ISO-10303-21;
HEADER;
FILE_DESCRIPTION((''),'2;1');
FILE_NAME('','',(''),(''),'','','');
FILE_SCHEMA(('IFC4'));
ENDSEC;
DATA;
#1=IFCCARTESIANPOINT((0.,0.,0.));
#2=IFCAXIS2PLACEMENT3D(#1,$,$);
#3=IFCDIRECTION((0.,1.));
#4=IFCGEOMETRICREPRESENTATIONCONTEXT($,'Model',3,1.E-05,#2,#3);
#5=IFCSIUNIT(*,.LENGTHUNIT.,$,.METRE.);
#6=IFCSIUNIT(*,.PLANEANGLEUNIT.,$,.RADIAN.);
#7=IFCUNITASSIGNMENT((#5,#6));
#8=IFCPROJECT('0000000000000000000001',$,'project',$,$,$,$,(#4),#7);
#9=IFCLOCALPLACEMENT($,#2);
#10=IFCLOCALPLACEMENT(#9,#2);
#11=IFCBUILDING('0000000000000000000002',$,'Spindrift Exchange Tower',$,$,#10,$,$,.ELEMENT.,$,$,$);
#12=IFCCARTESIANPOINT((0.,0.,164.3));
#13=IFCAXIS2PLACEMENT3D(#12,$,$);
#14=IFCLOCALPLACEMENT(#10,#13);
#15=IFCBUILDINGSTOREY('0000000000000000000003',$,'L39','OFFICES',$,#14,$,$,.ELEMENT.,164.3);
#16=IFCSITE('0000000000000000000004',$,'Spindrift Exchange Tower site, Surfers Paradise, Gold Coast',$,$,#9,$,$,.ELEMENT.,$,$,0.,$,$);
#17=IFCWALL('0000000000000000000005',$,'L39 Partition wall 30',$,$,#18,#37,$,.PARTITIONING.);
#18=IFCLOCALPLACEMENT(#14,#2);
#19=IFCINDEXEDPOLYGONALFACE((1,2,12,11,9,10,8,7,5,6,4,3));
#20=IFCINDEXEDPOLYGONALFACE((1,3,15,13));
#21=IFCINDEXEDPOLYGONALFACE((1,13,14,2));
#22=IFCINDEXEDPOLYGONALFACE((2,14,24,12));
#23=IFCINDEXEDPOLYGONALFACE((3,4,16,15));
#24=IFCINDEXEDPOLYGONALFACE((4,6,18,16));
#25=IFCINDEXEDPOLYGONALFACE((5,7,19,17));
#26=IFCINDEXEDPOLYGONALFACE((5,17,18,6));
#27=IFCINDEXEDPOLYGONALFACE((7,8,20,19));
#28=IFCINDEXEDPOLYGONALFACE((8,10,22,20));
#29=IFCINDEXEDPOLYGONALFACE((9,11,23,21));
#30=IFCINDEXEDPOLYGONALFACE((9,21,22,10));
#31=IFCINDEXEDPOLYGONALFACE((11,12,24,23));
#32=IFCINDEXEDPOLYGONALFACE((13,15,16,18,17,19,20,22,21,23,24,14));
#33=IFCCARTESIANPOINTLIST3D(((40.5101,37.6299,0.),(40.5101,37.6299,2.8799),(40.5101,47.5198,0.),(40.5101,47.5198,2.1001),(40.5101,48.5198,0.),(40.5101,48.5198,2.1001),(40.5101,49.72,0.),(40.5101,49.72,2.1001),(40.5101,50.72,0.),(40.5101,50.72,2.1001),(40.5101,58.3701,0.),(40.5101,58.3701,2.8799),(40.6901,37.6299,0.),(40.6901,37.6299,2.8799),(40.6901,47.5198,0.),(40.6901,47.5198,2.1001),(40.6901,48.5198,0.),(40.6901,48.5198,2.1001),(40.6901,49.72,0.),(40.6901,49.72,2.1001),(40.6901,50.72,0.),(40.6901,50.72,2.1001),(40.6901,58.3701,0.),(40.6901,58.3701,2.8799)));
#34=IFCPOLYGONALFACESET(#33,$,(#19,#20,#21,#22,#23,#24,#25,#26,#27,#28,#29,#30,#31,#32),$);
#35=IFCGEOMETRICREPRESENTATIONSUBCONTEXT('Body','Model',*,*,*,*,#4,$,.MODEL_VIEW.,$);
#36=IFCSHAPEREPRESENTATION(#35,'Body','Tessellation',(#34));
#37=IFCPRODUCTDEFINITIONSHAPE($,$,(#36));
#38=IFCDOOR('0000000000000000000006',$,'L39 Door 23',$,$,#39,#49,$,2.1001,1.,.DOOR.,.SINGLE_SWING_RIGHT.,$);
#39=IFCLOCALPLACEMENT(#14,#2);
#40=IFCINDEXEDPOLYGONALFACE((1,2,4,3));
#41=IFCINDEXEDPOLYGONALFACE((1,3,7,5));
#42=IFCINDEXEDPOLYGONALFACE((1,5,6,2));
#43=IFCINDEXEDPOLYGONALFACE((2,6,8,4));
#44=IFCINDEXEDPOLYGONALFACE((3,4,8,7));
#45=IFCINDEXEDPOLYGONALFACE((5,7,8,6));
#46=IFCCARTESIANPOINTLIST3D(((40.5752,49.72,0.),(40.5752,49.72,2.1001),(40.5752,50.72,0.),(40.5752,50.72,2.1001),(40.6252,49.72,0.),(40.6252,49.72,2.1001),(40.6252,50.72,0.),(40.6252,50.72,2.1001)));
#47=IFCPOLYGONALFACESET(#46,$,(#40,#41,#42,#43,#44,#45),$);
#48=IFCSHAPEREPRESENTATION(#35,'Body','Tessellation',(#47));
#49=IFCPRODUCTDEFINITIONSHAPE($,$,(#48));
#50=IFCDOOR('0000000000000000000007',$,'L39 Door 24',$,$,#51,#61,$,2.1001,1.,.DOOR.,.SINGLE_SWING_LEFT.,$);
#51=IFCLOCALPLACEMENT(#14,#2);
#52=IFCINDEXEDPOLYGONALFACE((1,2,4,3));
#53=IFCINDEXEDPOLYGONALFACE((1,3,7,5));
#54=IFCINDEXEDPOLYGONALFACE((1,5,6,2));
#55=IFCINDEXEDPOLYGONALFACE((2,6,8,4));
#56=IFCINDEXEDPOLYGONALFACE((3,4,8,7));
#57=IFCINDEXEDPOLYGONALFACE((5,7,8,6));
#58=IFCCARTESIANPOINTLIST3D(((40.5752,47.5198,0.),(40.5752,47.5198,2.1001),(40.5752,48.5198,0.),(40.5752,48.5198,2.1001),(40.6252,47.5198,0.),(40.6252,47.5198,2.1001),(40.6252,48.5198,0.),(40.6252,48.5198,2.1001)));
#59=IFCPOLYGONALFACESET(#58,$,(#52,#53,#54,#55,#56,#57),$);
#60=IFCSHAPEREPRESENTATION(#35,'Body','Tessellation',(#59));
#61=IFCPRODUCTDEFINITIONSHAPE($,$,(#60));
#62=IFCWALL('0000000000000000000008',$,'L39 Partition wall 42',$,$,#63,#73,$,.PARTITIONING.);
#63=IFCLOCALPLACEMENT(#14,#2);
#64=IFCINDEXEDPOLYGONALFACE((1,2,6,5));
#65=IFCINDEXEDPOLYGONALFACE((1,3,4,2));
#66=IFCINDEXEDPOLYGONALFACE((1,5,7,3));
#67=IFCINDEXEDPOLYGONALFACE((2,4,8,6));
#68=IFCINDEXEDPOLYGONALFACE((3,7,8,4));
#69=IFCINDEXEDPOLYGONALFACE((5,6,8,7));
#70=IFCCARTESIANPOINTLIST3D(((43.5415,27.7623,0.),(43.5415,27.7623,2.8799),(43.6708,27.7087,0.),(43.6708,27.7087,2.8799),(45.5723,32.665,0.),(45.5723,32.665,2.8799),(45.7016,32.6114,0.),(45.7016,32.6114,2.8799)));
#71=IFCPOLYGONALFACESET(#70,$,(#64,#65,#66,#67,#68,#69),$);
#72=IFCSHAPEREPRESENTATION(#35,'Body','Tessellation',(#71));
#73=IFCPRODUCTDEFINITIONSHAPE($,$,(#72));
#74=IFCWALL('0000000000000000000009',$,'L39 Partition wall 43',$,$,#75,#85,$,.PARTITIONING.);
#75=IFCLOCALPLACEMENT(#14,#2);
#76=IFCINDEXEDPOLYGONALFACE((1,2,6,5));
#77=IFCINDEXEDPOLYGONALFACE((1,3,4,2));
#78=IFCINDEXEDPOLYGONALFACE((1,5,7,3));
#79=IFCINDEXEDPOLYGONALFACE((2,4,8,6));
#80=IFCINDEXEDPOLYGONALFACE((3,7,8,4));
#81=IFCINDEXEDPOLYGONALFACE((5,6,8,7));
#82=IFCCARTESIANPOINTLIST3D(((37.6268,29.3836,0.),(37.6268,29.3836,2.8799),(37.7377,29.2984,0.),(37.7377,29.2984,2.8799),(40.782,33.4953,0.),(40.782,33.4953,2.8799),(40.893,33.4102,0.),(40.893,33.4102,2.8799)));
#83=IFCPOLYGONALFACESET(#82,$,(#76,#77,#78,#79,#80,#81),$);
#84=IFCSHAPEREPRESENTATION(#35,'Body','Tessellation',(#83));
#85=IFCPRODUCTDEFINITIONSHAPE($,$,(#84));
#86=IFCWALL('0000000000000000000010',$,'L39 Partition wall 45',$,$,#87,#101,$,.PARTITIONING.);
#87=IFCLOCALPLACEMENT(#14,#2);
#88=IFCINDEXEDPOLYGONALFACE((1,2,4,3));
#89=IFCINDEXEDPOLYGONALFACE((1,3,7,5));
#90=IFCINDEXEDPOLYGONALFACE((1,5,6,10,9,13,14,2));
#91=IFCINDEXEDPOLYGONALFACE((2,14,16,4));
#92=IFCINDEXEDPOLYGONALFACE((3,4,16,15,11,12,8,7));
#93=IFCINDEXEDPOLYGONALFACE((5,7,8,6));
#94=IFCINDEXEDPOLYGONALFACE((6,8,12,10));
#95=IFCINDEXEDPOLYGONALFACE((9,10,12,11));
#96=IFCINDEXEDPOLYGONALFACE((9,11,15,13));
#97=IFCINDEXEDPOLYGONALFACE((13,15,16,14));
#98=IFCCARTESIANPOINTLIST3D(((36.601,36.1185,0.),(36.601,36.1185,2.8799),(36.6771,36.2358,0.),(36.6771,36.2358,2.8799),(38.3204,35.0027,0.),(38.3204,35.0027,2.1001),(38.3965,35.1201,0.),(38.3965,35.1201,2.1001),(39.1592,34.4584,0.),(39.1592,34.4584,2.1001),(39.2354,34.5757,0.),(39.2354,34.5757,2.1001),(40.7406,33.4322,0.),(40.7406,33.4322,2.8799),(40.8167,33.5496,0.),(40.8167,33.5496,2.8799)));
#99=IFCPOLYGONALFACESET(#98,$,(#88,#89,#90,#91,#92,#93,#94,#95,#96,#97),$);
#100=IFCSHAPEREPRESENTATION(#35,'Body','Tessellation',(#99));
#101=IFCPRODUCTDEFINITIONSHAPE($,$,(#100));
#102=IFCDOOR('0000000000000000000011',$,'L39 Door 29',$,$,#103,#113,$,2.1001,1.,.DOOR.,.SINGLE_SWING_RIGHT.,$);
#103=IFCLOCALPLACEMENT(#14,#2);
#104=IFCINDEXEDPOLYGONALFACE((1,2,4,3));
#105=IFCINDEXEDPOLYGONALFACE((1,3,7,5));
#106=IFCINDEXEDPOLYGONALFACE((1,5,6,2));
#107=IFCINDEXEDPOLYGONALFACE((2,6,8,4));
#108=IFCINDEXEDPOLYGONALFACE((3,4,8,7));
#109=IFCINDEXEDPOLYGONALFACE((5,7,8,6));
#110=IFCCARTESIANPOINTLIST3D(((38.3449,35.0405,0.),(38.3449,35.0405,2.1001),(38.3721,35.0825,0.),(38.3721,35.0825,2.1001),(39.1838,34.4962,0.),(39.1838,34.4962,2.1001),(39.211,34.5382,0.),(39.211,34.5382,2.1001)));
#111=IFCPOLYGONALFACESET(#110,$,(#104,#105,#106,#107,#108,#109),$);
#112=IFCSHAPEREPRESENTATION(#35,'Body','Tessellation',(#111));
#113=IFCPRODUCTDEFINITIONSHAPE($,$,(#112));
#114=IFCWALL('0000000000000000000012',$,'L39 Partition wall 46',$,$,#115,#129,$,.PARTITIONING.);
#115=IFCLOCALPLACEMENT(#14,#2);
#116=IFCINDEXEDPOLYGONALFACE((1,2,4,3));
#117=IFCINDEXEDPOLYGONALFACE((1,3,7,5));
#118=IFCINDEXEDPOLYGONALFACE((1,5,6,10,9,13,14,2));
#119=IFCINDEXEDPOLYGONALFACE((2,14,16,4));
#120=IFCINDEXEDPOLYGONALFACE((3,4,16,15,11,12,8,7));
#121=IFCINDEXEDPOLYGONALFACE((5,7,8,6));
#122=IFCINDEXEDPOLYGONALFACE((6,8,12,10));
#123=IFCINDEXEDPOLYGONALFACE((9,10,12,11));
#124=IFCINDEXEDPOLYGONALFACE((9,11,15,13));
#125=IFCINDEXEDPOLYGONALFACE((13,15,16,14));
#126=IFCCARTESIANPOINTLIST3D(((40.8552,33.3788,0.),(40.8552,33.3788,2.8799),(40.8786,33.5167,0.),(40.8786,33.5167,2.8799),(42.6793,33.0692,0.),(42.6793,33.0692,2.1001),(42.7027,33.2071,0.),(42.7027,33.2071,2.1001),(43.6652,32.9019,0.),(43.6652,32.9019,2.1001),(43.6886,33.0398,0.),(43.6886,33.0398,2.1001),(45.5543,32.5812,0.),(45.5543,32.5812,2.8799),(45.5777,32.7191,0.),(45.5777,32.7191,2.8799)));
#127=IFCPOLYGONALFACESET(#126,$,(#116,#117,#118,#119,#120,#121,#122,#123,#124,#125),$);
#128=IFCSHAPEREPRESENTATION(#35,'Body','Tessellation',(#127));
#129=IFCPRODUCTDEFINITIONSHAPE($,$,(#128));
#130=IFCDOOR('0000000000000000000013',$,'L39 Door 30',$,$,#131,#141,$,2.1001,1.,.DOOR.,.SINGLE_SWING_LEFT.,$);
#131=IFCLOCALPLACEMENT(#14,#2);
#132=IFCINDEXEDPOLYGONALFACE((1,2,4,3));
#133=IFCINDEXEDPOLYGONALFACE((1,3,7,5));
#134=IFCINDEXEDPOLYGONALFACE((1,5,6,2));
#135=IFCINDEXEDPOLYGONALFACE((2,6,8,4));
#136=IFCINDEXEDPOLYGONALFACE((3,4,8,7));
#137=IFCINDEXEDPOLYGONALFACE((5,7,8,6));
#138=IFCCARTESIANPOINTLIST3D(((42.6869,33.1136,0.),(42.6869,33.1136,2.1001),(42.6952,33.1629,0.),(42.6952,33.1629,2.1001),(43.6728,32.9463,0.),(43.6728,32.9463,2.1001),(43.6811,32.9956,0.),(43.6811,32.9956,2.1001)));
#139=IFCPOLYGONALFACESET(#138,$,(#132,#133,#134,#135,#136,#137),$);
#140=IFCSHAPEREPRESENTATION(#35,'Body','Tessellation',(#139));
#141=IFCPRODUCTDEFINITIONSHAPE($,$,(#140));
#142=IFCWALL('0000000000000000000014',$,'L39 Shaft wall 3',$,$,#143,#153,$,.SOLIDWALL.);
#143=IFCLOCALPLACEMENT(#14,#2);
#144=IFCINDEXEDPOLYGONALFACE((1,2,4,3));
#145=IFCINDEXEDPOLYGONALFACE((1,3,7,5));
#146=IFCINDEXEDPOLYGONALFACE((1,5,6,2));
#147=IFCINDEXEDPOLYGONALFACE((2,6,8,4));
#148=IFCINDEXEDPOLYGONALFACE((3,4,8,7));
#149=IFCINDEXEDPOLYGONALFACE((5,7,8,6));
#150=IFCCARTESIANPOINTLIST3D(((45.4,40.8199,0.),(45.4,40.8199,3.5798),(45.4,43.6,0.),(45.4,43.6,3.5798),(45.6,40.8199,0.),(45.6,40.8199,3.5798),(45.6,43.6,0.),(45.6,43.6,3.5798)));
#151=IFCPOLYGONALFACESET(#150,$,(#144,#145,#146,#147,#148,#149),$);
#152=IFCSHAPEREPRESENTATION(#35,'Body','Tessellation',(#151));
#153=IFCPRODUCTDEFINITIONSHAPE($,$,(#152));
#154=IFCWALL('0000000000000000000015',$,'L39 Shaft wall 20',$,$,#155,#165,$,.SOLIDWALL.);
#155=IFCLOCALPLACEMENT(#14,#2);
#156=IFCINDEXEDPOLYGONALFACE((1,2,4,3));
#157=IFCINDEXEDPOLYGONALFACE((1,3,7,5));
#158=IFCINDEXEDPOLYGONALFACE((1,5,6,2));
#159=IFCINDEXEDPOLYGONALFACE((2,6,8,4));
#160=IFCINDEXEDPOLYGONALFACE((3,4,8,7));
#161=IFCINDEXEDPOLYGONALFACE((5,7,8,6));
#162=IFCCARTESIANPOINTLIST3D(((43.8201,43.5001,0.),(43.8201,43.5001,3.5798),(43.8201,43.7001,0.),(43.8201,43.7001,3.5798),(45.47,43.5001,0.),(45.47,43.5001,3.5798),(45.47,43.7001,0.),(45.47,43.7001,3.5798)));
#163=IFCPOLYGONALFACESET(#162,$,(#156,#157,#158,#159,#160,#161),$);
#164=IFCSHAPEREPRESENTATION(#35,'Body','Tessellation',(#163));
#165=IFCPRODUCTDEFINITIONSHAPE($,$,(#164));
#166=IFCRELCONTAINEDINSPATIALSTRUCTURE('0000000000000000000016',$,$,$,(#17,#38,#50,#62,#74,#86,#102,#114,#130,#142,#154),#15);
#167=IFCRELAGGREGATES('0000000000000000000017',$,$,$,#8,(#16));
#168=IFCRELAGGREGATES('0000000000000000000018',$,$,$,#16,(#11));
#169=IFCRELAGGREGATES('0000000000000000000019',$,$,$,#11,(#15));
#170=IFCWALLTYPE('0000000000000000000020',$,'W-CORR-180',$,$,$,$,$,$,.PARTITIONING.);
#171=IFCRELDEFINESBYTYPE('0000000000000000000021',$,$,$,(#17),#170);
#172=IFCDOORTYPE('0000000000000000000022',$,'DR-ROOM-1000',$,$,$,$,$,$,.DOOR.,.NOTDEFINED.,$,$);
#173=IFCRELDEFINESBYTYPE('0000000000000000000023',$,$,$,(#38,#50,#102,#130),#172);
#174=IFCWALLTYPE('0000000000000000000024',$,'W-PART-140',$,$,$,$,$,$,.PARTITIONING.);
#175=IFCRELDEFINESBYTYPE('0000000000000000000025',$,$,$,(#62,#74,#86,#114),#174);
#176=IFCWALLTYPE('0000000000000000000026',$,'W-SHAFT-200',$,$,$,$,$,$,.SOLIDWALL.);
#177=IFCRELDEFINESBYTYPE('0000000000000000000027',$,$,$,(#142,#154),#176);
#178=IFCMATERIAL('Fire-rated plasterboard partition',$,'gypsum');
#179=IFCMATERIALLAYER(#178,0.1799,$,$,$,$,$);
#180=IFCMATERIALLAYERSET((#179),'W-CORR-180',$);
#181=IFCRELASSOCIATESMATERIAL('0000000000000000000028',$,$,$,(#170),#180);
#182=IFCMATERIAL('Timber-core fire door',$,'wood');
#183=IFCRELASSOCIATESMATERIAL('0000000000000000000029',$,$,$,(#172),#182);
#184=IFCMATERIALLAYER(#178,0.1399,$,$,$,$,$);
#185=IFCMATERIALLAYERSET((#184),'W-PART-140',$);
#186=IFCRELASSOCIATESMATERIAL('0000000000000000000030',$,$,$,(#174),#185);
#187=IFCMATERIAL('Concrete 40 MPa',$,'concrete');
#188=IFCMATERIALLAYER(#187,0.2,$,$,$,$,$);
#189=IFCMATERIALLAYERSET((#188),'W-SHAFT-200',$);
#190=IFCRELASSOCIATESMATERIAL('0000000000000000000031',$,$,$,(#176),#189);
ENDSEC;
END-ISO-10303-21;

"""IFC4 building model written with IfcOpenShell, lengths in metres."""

from ifc_helpers import new_model, si_unit, direction, frame, frame_2d, origin, place, context, subcontext, project, spatial, rectangle, extrude, source, transform, mapped, material, layer, layer_set, type_object, element, fill, save


model = new_model("IFC4")

# Units and contexts
model_context = context("Model", 3, precision=1e-05, world=origin(), true_north=direction((0.0, 1.0)))
body_context = subcontext(model_context, "Body", "Model", "MODEL_VIEW")
ifc_project = project(units=[si_unit("LENGTHUNIT", "METRE"), si_unit("PLANEANGLEUNIT", "RADIAN")], contexts=[model_context])

# Site, building, storey
site_placement = place(None, origin())
site = spatial("IfcSite", under=ifc_project, at=site_placement, Name="Spindrift Exchange Tower site, Surfers Paradise, Gold Coast", CompositionType="ELEMENT", RefElevation=0.0)
building_placement = place(site_placement, origin())
building = spatial("IfcBuilding", under=site, at=building_placement, Name="Spindrift Exchange Tower", CompositionType="ELEMENT")
storey_placement = place(building_placement, frame((0.0, 0.0, 164.3)))
storey = spatial("IfcBuildingStorey", under=building, at=storey_placement, Name="L39", Description="OFFICES", CompositionType="ELEMENT", Elevation=164.3)

# Wall, openings, doors
ifc_material_1 = material(Name="Timber-core fire door", Category="wood")
ifc_material_2 = material(Name="Fire-rated plasterboard partition", Category="gypsum")
ifc_layer_1 = layer(ifc_material_2, 0.1799)
ifc_layer_set_1 = layer_set([ifc_layer_1], Name="W-CORR-180")
wall_type_1 = type_object("IfcWallType", Name="W-CORR-180", PredefinedType="PARTITIONING", material=ifc_layer_set_1)
wall_1_placement = place(storey_placement, frame((40.6001, 37.6299, 0.0), z_axis=(0.0, 0.0, 1.0), x_axis=(0.0, 1.0, 0.0)))
wall_1 = element("IfcWall", 1, at=wall_1_placement, inside=storey, type_object=wall_type_1, Name="L39 Partition wall 30", PredefinedType="PARTITIONING", context=body_context, shape_type="SweptSolid", body=[
    extrude(rectangle(XDim=20.7402, YDim=0.1799, at=frame_2d((10.3701, 0.0))), origin(), (0.0, 0.0, 1.0), 2.8799),
])
opening_1_placement = place(wall_1_placement, frame((12.0901, 0.0, 0.0)))
opening_1 = element("IfcOpeningElement", 2, at=opening_1_placement, cuts=wall_1, PredefinedType="OPENING", context=body_context, shape_type="SweptSolid", body=[
    extrude(rectangle(XDim=1.0, YDim=2.1001, at=frame_2d((0.5, 1.05))), frame((0.0, 0.0999, 0.0), z_axis=(0.0, -1.0, 0.0), x_axis=(1.0, 0.0, 0.0)), (0.0, 0.0, 1.0), 0.2),
])
opening_2_placement = place(wall_1_placement, frame((9.8899, 0.0, 0.0)))
opening_2 = element("IfcOpeningElement", 3, at=opening_2_placement, cuts=wall_1, PredefinedType="OPENING", context=body_context, shape_type="SweptSolid", body=[
    extrude(rectangle(XDim=1.0, YDim=2.1001, at=frame_2d((0.5, 1.05))), frame((0.0, 0.0999, 0.0), z_axis=(0.0, -1.0, 0.0), x_axis=(1.0, 0.0, 0.0)), (0.0, 0.0, 1.0), 0.2),
])
door_type_1 = type_object("IfcDoorType", Name="DR-ROOM-1000", OperationType="NOTDEFINED", PredefinedType="DOOR", material=ifc_material_1)
shared_shape_1 = source(origin(), body_context, "Body", "SweptSolid", [
    extrude(rectangle(XDim=1.0, YDim=2.1001, at=frame_2d((0.5, 1.05))), frame((0.0, 0.0249, 0.0), z_axis=(0.0, -1.0, 0.0), x_axis=(1.0, 0.0, 0.0)), (0.0, 0.0, 1.0), 0.05),
])
door_1_placement = place(opening_1_placement, origin())
door_1 = element("IfcDoor", 4, at=door_1_placement, inside=storey, type_object=door_type_1, Name="L39 Door 23", OperationType="SINGLE_SWING_RIGHT", OverallHeight=2.1001, OverallWidth=1.0, PredefinedType="DOOR", context=body_context, shape_type="MappedRepresentation", body=[
    mapped(shared_shape_1, transform((0.0, 0.0, 0.0), scale=1.0)),
])
fill(opening_1, door_1)
door_2_placement = place(opening_2_placement, origin())
door_2 = element("IfcDoor", 5, at=door_2_placement, inside=storey, type_object=door_type_1, Name="L39 Door 24", OperationType="SINGLE_SWING_LEFT", OverallHeight=2.1001, OverallWidth=1.0, PredefinedType="DOOR", context=body_context, shape_type="MappedRepresentation", body=[
    mapped(shared_shape_1, transform((0.0, 0.0, 0.0), scale=1.0)),
])
fill(opening_2, door_2)

# Walls
ifc_layer_2 = layer(ifc_material_2, 0.1399)
ifc_layer_set_2 = layer_set([ifc_layer_2], Name="W-PART-140")
wall_type_2 = type_object("IfcWallType", Name="W-PART-140", PredefinedType="PARTITIONING", material=ifc_layer_set_2)
wall_2_placement = place(storey_placement, frame((45.637, 32.6382, 0.0), z_axis=(0.0, 0.0, 1.0), x_axis=(-0.38269, -0.923877, 0.0)))
element("IfcWall", 6, at=wall_2_placement, inside=storey, type_object=wall_type_2, Name="L39 Partition wall 42", PredefinedType="PARTITIONING", context=body_context, shape_type="SweptSolid", body=[
    extrude(rectangle(XDim=5.3066, YDim=0.1399, at=frame_2d((2.6533, 0.0))), origin(), (0.0, 0.0, 1.0), 2.8799),
])
wall_3_placement = place(storey_placement, frame((40.8374, 33.4526, 0.0), z_axis=(0.0, 0.0, 1.0), x_axis=(-0.608782, -0.793338, 0.0)))
element("IfcWall", 7, at=wall_3_placement, inside=storey, type_object=wall_type_2, Name="L39 Partition wall 43", PredefinedType="PARTITIONING", context=body_context, shape_type="SweptSolid", body=[
    extrude(rectangle(XDim=5.1829, YDim=0.1399, at=frame_2d((2.5913, 0.0))), origin(), (0.0, 0.0, 1.0), 2.8799),
])

# Walls, openings, doors
wall_4_placement = place(storey_placement, frame((40.7786, 33.491, 0.0), z_axis=(0.0, 0.0, 1.0), x_axis=(-0.838859, 0.544348, 0.0)))
wall_4 = element("IfcWall", 8, at=wall_4_placement, inside=storey, type_object=wall_type_2, Name="L39 Partition wall 45", PredefinedType="PARTITIONING", context=body_context, shape_type="SweptSolid", body=[
    extrude(rectangle(XDim=4.9348, YDim=0.1399, at=frame_2d((2.4673, 0.0))), origin(), (0.0, 0.0, 1.0), 2.8799),
])
opening_3_placement = place(wall_4_placement, frame((1.885, 0.0, 0.0)))
opening_3 = element("IfcOpeningElement", 9, at=opening_3_placement, cuts=wall_4, PredefinedType="OPENING", context=body_context, shape_type="SweptSolid", body=[
    extrude(rectangle(XDim=1.0, YDim=2.1001, at=frame_2d((0.5, 1.05))), frame((0.0, 0.0798, 0.0), z_axis=(0.0, -1.0, 0.0), x_axis=(1.0, 0.0, 0.0)), (0.0, 0.0, 1.0), 0.1599),
])
door_3_placement = place(opening_3_placement, origin())
door_3 = element("IfcDoor", 10, at=door_3_placement, inside=storey, type_object=door_type_1, Name="L39 Door 29", OperationType="SINGLE_SWING_RIGHT", OverallHeight=2.1001, OverallWidth=1.0, PredefinedType="DOOR", context=body_context, shape_type="MappedRepresentation", body=[
    mapped(shared_shape_1, transform((0.0, 0.0, 0.0), scale=1.0)),
])
fill(opening_3, door_3)
wall_5_placement = place(storey_placement, frame((45.5662, 32.6501, 0.0), z_axis=(0.0, 0.0, 1.0), x_axis=(-0.985899, 0.167339, 0.0)))
wall_5 = element("IfcWall", 11, at=wall_5_placement, inside=storey, type_object=wall_type_2, Name="L39 Partition wall 46", PredefinedType="PARTITIONING", context=body_context, shape_type="SweptSolid", body=[
    extrude(rectangle(XDim=4.7664, YDim=0.1399, at=frame_2d((2.3833, 0.0))), origin(), (0.0, 0.0, 1.0), 2.8799),
])
opening_4_placement = place(wall_5_placement, frame((1.9163, 0.0, 0.0)))
opening_4 = element("IfcOpeningElement", 12, at=opening_4_placement, cuts=wall_5, PredefinedType="OPENING", context=body_context, shape_type="SweptSolid", body=[
    extrude(rectangle(XDim=1.0, YDim=2.1001, at=frame_2d((0.5, 1.05))), frame((0.0, 0.0798, 0.0), z_axis=(0.0, -1.0, 0.0), x_axis=(1.0, 0.0, 0.0)), (0.0, 0.0, 1.0), 0.1599),
])
door_4_placement = place(opening_4_placement, origin())
door_4 = element("IfcDoor", 13, at=door_4_placement, inside=storey, type_object=door_type_1, Name="L39 Door 30", OperationType="SINGLE_SWING_LEFT", OverallHeight=2.1001, OverallWidth=1.0, PredefinedType="DOOR", context=body_context, shape_type="MappedRepresentation", body=[
    mapped(shared_shape_1, transform((0.0, 0.0, 0.0), scale=1.0)),
])
fill(opening_4, door_4)

# Walls
ifc_material_3 = material(Name="Concrete 40 MPa", Category="concrete")
ifc_layer_3 = layer(ifc_material_3, 0.2)
ifc_layer_set_3 = layer_set([ifc_layer_3], Name="W-SHAFT-200")
wall_type_3 = type_object("IfcWallType", Name="W-SHAFT-200", PredefinedType="SOLIDWALL", material=ifc_layer_set_3)
wall_6_placement = place(storey_placement, frame((45.5, 43.6001, 0.0), z_axis=(0.0, 0.0, 1.0), x_axis=(0.0, -1.0, 0.0)))
element("IfcWall", 14, at=wall_6_placement, inside=storey, type_object=wall_type_3, Name="L39 Shaft wall 3", PredefinedType="SOLIDWALL", context=body_context, shape_type="SweptSolid", body=[
    extrude(rectangle(XDim=2.78, YDim=0.2, at=frame_2d((1.3901, 0.0))), origin(), (0.0, 0.0, 1.0), 3.5798),
])
wall_7_placement = place(storey_placement, frame((45.47, 43.6001, 0.0), z_axis=(0.0, 0.0, 1.0), x_axis=(-1.0, 0.0, 0.0)))
element("IfcWall", 15, at=wall_7_placement, inside=storey, type_object=wall_type_3, Name="L39 Shaft wall 20", PredefinedType="SOLIDWALL", context=body_context, shape_type="SweptSolid", body=[
    extrude(rectangle(XDim=1.6499, YDim=0.2, at=frame_2d((0.825, 0.0))), origin(), (0.0, 0.0, 1.0), 3.5798),
])

save(model, "model.ifc")
